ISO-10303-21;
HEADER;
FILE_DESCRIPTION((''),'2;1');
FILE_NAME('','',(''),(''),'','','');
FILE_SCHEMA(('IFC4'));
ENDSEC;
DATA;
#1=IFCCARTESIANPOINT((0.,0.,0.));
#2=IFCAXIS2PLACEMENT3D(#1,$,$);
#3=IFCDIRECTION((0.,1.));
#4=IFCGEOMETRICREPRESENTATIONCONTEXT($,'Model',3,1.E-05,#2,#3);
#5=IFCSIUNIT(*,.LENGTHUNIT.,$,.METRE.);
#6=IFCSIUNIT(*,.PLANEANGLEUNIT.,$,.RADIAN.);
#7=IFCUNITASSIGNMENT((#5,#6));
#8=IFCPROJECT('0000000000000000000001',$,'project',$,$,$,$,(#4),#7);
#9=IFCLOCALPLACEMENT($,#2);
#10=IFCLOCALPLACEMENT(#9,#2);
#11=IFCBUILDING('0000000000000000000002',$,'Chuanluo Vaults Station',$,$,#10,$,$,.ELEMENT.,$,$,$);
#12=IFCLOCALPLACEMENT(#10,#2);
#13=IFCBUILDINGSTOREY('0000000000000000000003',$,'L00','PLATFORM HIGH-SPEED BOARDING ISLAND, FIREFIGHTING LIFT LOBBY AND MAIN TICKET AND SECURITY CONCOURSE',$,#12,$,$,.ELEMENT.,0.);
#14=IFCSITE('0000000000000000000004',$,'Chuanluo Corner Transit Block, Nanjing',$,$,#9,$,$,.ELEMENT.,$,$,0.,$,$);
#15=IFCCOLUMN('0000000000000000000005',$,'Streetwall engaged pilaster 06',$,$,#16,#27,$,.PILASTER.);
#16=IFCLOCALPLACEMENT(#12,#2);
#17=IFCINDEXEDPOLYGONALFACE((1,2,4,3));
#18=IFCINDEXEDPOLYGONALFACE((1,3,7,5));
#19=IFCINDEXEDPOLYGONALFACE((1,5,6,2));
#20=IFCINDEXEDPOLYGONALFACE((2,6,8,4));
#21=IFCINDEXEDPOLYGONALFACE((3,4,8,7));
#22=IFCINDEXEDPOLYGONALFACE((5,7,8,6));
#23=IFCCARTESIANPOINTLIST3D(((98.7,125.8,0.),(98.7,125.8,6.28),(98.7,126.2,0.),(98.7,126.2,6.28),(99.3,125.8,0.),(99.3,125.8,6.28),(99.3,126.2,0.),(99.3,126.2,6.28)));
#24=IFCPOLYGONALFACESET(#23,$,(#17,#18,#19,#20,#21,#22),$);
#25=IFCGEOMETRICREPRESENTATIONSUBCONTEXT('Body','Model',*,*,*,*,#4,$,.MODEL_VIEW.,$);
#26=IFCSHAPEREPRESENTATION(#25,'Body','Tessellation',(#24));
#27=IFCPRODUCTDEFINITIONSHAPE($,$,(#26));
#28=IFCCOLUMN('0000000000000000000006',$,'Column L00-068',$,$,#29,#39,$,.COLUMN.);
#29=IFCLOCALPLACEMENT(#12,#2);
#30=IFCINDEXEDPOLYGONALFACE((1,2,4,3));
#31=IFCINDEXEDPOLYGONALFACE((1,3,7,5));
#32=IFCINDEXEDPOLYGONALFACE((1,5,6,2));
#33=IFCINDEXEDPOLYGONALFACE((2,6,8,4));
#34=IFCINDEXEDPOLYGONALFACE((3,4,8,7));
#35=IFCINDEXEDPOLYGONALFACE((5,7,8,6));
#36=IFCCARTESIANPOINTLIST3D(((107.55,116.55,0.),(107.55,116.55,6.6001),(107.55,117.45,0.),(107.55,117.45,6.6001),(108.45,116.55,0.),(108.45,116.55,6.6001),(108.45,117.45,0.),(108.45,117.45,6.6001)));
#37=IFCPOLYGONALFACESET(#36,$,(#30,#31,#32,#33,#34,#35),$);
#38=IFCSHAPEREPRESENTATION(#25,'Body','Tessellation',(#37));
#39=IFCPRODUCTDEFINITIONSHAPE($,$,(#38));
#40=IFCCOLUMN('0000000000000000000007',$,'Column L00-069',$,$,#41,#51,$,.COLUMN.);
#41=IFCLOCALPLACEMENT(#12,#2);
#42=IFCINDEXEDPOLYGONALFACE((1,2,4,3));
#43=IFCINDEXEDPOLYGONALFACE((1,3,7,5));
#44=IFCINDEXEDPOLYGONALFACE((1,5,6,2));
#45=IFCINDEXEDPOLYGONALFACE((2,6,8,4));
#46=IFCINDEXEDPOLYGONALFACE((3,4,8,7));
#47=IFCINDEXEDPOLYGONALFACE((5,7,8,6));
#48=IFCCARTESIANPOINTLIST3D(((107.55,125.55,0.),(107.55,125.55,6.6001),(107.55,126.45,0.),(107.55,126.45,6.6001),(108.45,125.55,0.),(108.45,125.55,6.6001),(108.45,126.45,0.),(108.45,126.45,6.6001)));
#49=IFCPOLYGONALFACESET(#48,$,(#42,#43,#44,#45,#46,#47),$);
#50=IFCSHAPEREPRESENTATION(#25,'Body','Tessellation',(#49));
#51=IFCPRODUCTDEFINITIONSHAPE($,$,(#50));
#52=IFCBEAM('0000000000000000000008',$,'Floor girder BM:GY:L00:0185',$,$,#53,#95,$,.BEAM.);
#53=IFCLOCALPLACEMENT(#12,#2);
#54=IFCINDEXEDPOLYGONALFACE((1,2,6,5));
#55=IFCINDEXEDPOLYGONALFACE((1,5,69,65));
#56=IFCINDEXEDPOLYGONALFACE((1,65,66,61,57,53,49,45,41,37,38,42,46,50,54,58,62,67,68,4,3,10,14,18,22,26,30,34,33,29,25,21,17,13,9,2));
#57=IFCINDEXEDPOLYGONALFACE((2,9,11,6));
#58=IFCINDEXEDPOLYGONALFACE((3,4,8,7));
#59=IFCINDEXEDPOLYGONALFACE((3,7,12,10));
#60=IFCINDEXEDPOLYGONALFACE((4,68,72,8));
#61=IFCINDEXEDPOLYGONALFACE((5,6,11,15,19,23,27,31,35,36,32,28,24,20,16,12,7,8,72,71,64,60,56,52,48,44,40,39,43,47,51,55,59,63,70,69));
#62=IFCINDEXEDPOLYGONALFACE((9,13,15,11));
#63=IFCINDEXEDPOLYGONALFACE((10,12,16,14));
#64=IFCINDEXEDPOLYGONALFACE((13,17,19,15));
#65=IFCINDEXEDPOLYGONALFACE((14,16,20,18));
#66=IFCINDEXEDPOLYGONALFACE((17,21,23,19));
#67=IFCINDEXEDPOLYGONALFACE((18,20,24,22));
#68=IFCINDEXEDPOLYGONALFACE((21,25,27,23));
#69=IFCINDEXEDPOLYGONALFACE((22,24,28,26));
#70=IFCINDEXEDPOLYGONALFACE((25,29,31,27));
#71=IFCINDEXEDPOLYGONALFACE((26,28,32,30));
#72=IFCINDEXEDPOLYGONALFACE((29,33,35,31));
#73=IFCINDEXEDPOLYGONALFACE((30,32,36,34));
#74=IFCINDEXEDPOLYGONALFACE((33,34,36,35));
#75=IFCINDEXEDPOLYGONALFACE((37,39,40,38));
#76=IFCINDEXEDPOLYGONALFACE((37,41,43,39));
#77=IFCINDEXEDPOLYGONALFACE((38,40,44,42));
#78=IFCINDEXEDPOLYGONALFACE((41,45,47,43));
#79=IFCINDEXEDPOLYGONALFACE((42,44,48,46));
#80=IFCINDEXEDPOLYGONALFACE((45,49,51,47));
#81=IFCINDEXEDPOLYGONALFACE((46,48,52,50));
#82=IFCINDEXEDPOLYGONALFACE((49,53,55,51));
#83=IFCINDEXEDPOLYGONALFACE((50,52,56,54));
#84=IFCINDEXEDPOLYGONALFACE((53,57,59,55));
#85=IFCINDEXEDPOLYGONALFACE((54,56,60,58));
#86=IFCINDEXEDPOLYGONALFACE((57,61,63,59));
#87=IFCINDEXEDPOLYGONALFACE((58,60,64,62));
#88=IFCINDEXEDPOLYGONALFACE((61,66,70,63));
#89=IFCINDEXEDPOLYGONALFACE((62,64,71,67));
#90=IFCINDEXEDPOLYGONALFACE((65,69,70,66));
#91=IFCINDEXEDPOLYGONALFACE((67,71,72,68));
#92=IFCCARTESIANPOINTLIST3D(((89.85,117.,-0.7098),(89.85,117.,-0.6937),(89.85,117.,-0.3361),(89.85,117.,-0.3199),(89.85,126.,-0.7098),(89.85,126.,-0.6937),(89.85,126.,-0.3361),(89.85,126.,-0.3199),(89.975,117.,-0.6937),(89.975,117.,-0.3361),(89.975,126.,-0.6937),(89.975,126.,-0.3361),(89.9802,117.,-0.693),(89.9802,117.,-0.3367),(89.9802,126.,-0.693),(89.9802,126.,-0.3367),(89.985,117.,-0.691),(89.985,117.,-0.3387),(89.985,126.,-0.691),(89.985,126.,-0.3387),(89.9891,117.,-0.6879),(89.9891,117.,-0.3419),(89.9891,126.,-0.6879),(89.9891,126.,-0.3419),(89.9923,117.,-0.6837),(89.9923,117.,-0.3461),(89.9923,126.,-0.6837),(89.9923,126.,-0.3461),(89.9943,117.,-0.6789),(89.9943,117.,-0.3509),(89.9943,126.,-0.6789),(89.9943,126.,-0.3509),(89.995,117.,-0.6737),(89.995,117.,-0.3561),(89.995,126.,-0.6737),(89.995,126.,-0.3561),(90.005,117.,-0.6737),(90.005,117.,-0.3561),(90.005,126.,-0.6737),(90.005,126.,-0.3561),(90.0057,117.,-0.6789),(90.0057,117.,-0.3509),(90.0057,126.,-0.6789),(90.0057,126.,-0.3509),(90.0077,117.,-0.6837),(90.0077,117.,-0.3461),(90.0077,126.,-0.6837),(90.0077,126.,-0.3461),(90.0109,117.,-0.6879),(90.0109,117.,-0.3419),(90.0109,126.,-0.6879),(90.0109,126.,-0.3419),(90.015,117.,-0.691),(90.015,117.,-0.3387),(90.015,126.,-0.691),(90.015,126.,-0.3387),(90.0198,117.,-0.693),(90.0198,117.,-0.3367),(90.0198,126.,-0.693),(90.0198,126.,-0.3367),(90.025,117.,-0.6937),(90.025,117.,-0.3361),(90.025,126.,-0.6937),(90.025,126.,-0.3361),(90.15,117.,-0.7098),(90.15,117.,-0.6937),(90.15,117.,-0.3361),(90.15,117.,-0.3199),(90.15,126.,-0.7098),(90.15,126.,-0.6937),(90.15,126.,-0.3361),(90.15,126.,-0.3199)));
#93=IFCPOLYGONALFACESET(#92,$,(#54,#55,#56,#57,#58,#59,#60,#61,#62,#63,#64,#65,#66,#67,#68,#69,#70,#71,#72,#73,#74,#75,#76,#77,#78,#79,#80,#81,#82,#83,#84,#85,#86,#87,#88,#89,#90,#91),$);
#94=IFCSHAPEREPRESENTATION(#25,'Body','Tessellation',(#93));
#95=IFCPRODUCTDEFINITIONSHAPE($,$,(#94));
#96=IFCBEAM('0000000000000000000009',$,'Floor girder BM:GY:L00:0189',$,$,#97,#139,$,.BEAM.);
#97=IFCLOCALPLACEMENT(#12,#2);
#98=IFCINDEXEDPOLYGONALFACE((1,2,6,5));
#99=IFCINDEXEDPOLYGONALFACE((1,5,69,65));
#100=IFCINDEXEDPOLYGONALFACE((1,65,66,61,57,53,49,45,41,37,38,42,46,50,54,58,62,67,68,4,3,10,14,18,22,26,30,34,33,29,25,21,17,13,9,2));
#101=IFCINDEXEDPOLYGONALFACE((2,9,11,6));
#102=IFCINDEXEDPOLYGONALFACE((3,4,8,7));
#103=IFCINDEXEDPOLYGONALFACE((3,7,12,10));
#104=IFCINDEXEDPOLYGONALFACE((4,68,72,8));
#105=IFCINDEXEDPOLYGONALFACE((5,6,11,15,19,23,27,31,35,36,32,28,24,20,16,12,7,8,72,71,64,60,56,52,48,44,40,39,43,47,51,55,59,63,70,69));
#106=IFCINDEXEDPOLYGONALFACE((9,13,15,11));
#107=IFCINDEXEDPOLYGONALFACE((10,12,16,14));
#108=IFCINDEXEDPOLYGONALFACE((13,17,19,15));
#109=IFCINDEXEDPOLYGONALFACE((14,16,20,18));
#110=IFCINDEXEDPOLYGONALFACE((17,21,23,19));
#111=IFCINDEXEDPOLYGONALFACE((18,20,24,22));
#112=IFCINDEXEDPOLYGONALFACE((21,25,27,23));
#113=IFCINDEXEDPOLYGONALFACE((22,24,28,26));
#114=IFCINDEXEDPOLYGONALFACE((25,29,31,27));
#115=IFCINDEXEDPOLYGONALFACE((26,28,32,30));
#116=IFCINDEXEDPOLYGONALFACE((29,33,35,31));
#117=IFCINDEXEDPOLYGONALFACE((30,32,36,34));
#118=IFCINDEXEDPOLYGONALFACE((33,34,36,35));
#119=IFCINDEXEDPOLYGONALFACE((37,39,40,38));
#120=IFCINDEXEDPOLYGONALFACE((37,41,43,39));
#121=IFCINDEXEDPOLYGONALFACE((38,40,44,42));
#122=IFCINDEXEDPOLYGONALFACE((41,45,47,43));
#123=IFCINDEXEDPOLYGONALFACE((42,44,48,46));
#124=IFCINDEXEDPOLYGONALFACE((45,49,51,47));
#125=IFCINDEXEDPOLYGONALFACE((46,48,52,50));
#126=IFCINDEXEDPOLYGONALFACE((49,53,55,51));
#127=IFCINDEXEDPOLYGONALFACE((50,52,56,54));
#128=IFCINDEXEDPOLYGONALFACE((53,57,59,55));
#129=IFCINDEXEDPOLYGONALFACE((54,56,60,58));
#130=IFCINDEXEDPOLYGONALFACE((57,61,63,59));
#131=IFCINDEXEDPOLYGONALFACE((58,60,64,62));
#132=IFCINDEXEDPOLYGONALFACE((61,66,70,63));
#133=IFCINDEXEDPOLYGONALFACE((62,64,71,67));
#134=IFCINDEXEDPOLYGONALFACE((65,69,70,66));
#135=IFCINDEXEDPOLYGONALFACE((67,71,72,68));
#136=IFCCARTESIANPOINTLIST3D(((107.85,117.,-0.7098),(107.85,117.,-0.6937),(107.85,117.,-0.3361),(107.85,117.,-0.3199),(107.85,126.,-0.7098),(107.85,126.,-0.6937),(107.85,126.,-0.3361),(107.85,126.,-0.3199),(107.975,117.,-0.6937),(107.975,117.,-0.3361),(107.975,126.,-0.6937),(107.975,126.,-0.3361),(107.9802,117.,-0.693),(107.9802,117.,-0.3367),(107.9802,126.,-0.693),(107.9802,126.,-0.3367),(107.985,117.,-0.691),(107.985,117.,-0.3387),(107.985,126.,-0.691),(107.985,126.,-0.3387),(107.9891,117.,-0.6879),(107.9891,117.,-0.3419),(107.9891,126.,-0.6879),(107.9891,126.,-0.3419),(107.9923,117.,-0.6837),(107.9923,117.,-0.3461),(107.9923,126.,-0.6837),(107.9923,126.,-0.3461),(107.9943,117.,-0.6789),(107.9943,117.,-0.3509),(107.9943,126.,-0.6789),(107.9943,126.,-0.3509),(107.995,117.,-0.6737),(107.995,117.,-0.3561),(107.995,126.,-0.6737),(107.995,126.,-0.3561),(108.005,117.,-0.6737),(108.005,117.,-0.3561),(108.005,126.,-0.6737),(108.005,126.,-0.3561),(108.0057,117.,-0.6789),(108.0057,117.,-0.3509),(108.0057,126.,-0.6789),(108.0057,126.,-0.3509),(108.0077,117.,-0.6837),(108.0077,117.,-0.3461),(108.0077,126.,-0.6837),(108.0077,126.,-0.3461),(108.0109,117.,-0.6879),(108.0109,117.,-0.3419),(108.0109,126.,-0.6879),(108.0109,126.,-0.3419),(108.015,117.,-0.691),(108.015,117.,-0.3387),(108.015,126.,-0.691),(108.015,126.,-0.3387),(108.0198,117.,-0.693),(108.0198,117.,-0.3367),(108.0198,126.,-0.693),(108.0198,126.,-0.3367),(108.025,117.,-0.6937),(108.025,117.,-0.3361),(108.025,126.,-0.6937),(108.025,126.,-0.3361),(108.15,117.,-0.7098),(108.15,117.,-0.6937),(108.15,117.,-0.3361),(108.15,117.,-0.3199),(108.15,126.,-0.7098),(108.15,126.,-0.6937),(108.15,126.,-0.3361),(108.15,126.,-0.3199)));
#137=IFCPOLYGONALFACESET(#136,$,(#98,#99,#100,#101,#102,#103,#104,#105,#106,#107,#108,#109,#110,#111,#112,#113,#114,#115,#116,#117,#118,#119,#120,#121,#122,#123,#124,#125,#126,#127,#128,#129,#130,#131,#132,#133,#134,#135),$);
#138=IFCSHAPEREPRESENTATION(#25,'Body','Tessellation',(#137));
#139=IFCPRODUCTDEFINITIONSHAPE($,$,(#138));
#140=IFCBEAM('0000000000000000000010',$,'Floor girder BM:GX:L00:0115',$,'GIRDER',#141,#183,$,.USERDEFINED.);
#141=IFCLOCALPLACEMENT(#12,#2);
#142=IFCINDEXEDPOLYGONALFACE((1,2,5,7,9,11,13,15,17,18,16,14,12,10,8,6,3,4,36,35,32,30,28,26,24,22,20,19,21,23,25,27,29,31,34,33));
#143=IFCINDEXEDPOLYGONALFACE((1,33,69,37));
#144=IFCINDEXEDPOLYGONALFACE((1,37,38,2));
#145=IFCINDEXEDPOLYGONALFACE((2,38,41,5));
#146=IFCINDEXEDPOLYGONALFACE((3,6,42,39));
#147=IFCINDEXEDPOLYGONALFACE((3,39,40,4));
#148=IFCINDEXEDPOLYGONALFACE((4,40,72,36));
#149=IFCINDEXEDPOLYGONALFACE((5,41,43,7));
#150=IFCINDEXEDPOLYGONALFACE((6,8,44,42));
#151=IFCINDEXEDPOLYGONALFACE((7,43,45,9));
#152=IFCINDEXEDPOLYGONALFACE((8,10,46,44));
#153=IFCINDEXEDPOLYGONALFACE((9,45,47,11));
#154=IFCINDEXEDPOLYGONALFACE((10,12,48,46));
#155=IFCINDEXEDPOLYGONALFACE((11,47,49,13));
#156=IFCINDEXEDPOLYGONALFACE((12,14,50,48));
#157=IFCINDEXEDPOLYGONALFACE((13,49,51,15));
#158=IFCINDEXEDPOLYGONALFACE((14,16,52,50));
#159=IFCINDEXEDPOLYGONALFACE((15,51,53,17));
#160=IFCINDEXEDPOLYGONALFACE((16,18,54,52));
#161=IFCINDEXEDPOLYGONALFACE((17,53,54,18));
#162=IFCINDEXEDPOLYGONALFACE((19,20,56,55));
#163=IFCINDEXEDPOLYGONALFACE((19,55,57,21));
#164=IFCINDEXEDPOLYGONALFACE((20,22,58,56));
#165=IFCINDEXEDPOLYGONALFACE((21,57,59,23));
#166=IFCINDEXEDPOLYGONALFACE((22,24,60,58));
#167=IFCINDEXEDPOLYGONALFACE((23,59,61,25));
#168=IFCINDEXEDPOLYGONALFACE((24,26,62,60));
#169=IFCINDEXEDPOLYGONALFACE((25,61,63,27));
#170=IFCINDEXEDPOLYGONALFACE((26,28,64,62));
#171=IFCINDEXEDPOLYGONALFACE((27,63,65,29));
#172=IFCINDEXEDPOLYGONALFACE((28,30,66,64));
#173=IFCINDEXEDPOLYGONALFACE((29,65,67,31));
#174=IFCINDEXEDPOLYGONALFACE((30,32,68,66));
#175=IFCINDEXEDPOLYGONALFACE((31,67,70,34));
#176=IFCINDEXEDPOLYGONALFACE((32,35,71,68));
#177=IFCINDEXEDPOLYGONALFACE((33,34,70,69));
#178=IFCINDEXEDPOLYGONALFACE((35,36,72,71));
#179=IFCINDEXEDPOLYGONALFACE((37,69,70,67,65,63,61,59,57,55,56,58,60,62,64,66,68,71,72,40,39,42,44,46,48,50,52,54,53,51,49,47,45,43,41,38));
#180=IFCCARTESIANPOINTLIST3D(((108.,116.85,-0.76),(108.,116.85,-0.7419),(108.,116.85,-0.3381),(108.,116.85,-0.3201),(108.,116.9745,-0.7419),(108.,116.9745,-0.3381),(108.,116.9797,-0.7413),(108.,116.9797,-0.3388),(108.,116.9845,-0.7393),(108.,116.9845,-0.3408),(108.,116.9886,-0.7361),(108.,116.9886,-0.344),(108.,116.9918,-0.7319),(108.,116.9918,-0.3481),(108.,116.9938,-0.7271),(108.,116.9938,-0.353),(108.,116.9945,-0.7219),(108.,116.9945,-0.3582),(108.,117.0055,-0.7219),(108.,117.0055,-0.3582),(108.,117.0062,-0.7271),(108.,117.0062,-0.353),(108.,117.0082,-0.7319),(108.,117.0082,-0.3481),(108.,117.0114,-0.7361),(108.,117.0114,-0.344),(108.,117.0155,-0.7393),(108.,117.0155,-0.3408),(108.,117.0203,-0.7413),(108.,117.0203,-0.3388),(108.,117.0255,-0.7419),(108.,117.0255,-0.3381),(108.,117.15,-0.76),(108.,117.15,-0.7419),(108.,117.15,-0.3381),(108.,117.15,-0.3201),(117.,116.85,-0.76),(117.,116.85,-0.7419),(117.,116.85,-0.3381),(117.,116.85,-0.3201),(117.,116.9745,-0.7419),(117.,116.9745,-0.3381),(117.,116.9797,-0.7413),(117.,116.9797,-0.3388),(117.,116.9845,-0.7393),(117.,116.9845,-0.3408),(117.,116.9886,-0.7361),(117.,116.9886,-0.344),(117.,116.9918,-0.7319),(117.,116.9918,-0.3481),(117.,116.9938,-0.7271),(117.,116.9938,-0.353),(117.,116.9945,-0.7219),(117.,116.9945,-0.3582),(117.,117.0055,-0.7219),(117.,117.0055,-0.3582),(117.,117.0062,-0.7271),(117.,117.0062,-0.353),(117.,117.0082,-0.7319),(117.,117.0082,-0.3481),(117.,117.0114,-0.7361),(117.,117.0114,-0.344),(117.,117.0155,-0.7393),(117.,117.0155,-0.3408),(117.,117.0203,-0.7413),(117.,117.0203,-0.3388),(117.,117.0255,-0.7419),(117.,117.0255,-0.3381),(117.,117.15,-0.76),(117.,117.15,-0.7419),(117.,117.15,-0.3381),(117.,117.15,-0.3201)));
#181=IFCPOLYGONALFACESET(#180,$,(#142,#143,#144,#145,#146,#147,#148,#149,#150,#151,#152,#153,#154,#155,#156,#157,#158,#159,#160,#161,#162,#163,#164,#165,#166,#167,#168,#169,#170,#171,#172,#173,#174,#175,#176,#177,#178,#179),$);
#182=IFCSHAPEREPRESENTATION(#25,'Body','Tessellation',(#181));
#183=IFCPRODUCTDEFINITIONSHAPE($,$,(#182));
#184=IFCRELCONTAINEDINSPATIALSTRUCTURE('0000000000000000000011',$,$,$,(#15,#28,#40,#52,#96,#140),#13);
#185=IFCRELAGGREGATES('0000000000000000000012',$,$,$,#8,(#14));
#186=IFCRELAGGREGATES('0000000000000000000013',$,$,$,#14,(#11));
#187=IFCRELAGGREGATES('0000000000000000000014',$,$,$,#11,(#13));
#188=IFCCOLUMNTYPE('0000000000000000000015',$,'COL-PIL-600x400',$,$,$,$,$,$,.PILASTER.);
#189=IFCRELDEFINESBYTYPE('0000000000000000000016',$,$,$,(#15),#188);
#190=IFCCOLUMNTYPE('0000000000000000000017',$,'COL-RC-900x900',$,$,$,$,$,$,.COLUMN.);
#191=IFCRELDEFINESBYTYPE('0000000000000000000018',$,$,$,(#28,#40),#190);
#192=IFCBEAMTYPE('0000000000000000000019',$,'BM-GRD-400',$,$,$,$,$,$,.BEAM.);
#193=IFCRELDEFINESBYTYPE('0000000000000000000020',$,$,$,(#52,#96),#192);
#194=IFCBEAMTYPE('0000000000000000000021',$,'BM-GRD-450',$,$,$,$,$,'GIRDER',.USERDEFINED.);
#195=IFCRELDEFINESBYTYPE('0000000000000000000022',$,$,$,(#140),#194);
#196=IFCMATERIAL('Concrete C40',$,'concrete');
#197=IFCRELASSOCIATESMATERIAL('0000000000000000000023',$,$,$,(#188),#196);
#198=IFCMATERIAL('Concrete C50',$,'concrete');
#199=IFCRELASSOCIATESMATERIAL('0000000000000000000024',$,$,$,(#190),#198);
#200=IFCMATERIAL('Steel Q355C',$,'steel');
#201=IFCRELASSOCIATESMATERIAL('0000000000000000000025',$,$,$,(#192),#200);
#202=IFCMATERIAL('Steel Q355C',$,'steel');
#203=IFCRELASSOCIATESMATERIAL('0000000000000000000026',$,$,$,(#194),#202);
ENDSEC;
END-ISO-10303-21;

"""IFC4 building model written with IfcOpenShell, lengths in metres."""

from ifc_helpers import new_model, si_unit, direction, frame, origin, origin_2d, place, context, subcontext, project, spatial, rectangle, i_section, extrude, material, material_profile, profile_set, type_object, element, save


model = new_model("IFC4")

# Units and contexts
model_context = context("Model", 3, precision=1e-05, world=origin(), true_north=direction((0.0, 1.0)))
body_context = subcontext(model_context, "Body", "Model", "MODEL_VIEW")
ifc_project = project(units=[si_unit("LENGTHUNIT", "METRE"), si_unit("PLANEANGLEUNIT", "RADIAN")], contexts=[model_context])

# Site, building, storey
site_placement = place(None, origin())
site = spatial("IfcSite", under=ifc_project, at=site_placement, Name="Chuanluo Corner Transit Block, Nanjing", CompositionType="ELEMENT", RefElevation=0.0)
building_placement = place(site_placement, origin())
building = spatial("IfcBuilding", under=site, at=building_placement, Name="Chuanluo Vaults Station", CompositionType="ELEMENT")
storey_placement = place(building_placement, origin())
storey = spatial("IfcBuildingStorey", under=building, at=storey_placement, Name="L00", Description="PLATFORM HIGH-SPEED BOARDING ISLAND, FIREFIGHTING LIFT LOBBY AND MAIN TICKET AND SECURITY CONCOURSE", CompositionType="ELEMENT", Elevation=0.0)

# Columns
ifc_material_1 = material(Name="Concrete C40", Category="concrete")
ifc_material_profile_1 = material_profile(ifc_material_1, rectangle(XDim=0.6001, YDim=0.3999, at=origin_2d()))
ifc_profile_set_1 = profile_set([ifc_material_profile_1], Name="Concrete C40")
column_type_1 = type_object("IfcColumnType", Name="COL-PIL-600x400", PredefinedType="PILASTER", material=ifc_profile_set_1)
column_placement = place(storey_placement, frame((99.0, 126.0, 0.0), z_axis=(0.0, 0.0, 1.0), x_axis=(1.0, 0.0, 0.0)))
element("IfcColumn", 1, at=column_placement, inside=storey, type_object=column_type_1, Name="Streetwall engaged pilaster 06", PredefinedType="PILASTER", context=body_context, shape_type="SweptSolid", body=[
    extrude(rectangle(XDim=0.6001, YDim=0.3999, at=origin_2d()), origin(), (0.0, 0.0, 1.0), 6.28),
])
ifc_material_2 = material(Name="Concrete C50", Category="concrete")
ifc_material_profile_2 = material_profile(ifc_material_2, rectangle(XDim=0.8999, YDim=0.8999, at=origin_2d()))
ifc_profile_set_2 = profile_set([ifc_material_profile_2], Name="Concrete C50")
column_type_2 = type_object("IfcColumnType", Name="COL-RC-900x900", PredefinedType="COLUMN", material=ifc_profile_set_2)
for number, where, z_axis, x_axis, name in (
    (2, (108.0, 117.0, 0.0), (0.0, 0.0, 1.0), (1.0, 0.0, 0.0), "Column L00-068"),
    (3, (108.0, 126.0, 0.0), (0.0, 0.0, 1.0), (1.0, 0.0, 0.0), "Column L00-069"),
):
    element("IfcColumn", number, at=place(storey_placement, frame(where, z_axis=z_axis, x_axis=x_axis)), inside=storey, type_object=column_type_2, Name=name, PredefinedType="COLUMN", context=body_context, shape_type="SweptSolid", body=[
        extrude(rectangle(XDim=0.8999, YDim=0.8999, at=origin_2d()), origin(), (0.0, 0.0, 1.0), 6.6001),
    ])

# Beams
ifc_material_3 = material(Name="Steel Q355C", Category="steel")
ifc_material_profile_3 = material_profile(ifc_material_3, i_section(OverallWidth=0.3, OverallDepth=0.3899, WebThickness=0.01, FlangeThickness=0.0161, FilletRadius=0.02, at=origin_2d()))
ifc_profile_set_3 = profile_set([ifc_material_profile_3], Name="Steel Q355C")
beam_type_1 = type_object("IfcBeamType", Name="BM-GRD-400", PredefinedType="BEAM", material=ifc_profile_set_3)
for number, where, z_axis, x_axis, name in (
    (4, (90.0, 117.0, -0.5149), (0.0, 1.0, 0.0), (-1.0, 0.0, 0.0), "Floor girder BM:GY:L00:0185"),
    (5, (108.0, 117.0, -0.5149), (0.0, 1.0, 0.0), (-1.0, 0.0, 0.0), "Floor girder BM:GY:L00:0189"),
):
    element("IfcBeam", number, at=place(storey_placement, frame(where, z_axis=z_axis, x_axis=x_axis)), inside=storey, type_object=beam_type_1, Name=name, PredefinedType="BEAM", context=body_context, shape_type="SweptSolid", body=[
        extrude(i_section(OverallWidth=0.3, OverallDepth=0.3899, WebThickness=0.01, FlangeThickness=0.0161, FilletRadius=0.02, at=origin_2d()), origin(), (0.0, 0.0, 1.0), 9.0),
    ])
ifc_material_4 = material(Name="Steel Q355C", Category="steel")
ifc_material_profile_4 = material_profile(ifc_material_4, i_section(OverallWidth=0.3, OverallDepth=0.4399, WebThickness=0.011, FlangeThickness=0.0181, FilletRadius=0.02, at=origin_2d()))
ifc_profile_set_4 = profile_set([ifc_material_profile_4], Name="Steel Q355C")
beam_type_2 = type_object("IfcBeamType", Name="BM-GRD-450", ElementType="GIRDER", PredefinedType="USERDEFINED", material=ifc_profile_set_4)
beam_1_placement = place(storey_placement, frame((108.0, 117.0, -0.54), z_axis=(1.0, 0.0, 0.0), x_axis=(0.0, 1.0, 0.0)))
element("IfcBeam", 6, at=beam_1_placement, inside=storey, type_object=beam_type_2, Name="Floor girder BM:GX:L00:0115", ObjectType="GIRDER", PredefinedType="USERDEFINED", context=body_context, shape_type="SweptSolid", body=[
    extrude(i_section(OverallWidth=0.3, OverallDepth=0.4399, WebThickness=0.011, FlangeThickness=0.0181, FilletRadius=0.02, at=origin_2d()), origin(), (0.0, 0.0, 1.0), 9.0),
])

save(model, "model.ifc")
